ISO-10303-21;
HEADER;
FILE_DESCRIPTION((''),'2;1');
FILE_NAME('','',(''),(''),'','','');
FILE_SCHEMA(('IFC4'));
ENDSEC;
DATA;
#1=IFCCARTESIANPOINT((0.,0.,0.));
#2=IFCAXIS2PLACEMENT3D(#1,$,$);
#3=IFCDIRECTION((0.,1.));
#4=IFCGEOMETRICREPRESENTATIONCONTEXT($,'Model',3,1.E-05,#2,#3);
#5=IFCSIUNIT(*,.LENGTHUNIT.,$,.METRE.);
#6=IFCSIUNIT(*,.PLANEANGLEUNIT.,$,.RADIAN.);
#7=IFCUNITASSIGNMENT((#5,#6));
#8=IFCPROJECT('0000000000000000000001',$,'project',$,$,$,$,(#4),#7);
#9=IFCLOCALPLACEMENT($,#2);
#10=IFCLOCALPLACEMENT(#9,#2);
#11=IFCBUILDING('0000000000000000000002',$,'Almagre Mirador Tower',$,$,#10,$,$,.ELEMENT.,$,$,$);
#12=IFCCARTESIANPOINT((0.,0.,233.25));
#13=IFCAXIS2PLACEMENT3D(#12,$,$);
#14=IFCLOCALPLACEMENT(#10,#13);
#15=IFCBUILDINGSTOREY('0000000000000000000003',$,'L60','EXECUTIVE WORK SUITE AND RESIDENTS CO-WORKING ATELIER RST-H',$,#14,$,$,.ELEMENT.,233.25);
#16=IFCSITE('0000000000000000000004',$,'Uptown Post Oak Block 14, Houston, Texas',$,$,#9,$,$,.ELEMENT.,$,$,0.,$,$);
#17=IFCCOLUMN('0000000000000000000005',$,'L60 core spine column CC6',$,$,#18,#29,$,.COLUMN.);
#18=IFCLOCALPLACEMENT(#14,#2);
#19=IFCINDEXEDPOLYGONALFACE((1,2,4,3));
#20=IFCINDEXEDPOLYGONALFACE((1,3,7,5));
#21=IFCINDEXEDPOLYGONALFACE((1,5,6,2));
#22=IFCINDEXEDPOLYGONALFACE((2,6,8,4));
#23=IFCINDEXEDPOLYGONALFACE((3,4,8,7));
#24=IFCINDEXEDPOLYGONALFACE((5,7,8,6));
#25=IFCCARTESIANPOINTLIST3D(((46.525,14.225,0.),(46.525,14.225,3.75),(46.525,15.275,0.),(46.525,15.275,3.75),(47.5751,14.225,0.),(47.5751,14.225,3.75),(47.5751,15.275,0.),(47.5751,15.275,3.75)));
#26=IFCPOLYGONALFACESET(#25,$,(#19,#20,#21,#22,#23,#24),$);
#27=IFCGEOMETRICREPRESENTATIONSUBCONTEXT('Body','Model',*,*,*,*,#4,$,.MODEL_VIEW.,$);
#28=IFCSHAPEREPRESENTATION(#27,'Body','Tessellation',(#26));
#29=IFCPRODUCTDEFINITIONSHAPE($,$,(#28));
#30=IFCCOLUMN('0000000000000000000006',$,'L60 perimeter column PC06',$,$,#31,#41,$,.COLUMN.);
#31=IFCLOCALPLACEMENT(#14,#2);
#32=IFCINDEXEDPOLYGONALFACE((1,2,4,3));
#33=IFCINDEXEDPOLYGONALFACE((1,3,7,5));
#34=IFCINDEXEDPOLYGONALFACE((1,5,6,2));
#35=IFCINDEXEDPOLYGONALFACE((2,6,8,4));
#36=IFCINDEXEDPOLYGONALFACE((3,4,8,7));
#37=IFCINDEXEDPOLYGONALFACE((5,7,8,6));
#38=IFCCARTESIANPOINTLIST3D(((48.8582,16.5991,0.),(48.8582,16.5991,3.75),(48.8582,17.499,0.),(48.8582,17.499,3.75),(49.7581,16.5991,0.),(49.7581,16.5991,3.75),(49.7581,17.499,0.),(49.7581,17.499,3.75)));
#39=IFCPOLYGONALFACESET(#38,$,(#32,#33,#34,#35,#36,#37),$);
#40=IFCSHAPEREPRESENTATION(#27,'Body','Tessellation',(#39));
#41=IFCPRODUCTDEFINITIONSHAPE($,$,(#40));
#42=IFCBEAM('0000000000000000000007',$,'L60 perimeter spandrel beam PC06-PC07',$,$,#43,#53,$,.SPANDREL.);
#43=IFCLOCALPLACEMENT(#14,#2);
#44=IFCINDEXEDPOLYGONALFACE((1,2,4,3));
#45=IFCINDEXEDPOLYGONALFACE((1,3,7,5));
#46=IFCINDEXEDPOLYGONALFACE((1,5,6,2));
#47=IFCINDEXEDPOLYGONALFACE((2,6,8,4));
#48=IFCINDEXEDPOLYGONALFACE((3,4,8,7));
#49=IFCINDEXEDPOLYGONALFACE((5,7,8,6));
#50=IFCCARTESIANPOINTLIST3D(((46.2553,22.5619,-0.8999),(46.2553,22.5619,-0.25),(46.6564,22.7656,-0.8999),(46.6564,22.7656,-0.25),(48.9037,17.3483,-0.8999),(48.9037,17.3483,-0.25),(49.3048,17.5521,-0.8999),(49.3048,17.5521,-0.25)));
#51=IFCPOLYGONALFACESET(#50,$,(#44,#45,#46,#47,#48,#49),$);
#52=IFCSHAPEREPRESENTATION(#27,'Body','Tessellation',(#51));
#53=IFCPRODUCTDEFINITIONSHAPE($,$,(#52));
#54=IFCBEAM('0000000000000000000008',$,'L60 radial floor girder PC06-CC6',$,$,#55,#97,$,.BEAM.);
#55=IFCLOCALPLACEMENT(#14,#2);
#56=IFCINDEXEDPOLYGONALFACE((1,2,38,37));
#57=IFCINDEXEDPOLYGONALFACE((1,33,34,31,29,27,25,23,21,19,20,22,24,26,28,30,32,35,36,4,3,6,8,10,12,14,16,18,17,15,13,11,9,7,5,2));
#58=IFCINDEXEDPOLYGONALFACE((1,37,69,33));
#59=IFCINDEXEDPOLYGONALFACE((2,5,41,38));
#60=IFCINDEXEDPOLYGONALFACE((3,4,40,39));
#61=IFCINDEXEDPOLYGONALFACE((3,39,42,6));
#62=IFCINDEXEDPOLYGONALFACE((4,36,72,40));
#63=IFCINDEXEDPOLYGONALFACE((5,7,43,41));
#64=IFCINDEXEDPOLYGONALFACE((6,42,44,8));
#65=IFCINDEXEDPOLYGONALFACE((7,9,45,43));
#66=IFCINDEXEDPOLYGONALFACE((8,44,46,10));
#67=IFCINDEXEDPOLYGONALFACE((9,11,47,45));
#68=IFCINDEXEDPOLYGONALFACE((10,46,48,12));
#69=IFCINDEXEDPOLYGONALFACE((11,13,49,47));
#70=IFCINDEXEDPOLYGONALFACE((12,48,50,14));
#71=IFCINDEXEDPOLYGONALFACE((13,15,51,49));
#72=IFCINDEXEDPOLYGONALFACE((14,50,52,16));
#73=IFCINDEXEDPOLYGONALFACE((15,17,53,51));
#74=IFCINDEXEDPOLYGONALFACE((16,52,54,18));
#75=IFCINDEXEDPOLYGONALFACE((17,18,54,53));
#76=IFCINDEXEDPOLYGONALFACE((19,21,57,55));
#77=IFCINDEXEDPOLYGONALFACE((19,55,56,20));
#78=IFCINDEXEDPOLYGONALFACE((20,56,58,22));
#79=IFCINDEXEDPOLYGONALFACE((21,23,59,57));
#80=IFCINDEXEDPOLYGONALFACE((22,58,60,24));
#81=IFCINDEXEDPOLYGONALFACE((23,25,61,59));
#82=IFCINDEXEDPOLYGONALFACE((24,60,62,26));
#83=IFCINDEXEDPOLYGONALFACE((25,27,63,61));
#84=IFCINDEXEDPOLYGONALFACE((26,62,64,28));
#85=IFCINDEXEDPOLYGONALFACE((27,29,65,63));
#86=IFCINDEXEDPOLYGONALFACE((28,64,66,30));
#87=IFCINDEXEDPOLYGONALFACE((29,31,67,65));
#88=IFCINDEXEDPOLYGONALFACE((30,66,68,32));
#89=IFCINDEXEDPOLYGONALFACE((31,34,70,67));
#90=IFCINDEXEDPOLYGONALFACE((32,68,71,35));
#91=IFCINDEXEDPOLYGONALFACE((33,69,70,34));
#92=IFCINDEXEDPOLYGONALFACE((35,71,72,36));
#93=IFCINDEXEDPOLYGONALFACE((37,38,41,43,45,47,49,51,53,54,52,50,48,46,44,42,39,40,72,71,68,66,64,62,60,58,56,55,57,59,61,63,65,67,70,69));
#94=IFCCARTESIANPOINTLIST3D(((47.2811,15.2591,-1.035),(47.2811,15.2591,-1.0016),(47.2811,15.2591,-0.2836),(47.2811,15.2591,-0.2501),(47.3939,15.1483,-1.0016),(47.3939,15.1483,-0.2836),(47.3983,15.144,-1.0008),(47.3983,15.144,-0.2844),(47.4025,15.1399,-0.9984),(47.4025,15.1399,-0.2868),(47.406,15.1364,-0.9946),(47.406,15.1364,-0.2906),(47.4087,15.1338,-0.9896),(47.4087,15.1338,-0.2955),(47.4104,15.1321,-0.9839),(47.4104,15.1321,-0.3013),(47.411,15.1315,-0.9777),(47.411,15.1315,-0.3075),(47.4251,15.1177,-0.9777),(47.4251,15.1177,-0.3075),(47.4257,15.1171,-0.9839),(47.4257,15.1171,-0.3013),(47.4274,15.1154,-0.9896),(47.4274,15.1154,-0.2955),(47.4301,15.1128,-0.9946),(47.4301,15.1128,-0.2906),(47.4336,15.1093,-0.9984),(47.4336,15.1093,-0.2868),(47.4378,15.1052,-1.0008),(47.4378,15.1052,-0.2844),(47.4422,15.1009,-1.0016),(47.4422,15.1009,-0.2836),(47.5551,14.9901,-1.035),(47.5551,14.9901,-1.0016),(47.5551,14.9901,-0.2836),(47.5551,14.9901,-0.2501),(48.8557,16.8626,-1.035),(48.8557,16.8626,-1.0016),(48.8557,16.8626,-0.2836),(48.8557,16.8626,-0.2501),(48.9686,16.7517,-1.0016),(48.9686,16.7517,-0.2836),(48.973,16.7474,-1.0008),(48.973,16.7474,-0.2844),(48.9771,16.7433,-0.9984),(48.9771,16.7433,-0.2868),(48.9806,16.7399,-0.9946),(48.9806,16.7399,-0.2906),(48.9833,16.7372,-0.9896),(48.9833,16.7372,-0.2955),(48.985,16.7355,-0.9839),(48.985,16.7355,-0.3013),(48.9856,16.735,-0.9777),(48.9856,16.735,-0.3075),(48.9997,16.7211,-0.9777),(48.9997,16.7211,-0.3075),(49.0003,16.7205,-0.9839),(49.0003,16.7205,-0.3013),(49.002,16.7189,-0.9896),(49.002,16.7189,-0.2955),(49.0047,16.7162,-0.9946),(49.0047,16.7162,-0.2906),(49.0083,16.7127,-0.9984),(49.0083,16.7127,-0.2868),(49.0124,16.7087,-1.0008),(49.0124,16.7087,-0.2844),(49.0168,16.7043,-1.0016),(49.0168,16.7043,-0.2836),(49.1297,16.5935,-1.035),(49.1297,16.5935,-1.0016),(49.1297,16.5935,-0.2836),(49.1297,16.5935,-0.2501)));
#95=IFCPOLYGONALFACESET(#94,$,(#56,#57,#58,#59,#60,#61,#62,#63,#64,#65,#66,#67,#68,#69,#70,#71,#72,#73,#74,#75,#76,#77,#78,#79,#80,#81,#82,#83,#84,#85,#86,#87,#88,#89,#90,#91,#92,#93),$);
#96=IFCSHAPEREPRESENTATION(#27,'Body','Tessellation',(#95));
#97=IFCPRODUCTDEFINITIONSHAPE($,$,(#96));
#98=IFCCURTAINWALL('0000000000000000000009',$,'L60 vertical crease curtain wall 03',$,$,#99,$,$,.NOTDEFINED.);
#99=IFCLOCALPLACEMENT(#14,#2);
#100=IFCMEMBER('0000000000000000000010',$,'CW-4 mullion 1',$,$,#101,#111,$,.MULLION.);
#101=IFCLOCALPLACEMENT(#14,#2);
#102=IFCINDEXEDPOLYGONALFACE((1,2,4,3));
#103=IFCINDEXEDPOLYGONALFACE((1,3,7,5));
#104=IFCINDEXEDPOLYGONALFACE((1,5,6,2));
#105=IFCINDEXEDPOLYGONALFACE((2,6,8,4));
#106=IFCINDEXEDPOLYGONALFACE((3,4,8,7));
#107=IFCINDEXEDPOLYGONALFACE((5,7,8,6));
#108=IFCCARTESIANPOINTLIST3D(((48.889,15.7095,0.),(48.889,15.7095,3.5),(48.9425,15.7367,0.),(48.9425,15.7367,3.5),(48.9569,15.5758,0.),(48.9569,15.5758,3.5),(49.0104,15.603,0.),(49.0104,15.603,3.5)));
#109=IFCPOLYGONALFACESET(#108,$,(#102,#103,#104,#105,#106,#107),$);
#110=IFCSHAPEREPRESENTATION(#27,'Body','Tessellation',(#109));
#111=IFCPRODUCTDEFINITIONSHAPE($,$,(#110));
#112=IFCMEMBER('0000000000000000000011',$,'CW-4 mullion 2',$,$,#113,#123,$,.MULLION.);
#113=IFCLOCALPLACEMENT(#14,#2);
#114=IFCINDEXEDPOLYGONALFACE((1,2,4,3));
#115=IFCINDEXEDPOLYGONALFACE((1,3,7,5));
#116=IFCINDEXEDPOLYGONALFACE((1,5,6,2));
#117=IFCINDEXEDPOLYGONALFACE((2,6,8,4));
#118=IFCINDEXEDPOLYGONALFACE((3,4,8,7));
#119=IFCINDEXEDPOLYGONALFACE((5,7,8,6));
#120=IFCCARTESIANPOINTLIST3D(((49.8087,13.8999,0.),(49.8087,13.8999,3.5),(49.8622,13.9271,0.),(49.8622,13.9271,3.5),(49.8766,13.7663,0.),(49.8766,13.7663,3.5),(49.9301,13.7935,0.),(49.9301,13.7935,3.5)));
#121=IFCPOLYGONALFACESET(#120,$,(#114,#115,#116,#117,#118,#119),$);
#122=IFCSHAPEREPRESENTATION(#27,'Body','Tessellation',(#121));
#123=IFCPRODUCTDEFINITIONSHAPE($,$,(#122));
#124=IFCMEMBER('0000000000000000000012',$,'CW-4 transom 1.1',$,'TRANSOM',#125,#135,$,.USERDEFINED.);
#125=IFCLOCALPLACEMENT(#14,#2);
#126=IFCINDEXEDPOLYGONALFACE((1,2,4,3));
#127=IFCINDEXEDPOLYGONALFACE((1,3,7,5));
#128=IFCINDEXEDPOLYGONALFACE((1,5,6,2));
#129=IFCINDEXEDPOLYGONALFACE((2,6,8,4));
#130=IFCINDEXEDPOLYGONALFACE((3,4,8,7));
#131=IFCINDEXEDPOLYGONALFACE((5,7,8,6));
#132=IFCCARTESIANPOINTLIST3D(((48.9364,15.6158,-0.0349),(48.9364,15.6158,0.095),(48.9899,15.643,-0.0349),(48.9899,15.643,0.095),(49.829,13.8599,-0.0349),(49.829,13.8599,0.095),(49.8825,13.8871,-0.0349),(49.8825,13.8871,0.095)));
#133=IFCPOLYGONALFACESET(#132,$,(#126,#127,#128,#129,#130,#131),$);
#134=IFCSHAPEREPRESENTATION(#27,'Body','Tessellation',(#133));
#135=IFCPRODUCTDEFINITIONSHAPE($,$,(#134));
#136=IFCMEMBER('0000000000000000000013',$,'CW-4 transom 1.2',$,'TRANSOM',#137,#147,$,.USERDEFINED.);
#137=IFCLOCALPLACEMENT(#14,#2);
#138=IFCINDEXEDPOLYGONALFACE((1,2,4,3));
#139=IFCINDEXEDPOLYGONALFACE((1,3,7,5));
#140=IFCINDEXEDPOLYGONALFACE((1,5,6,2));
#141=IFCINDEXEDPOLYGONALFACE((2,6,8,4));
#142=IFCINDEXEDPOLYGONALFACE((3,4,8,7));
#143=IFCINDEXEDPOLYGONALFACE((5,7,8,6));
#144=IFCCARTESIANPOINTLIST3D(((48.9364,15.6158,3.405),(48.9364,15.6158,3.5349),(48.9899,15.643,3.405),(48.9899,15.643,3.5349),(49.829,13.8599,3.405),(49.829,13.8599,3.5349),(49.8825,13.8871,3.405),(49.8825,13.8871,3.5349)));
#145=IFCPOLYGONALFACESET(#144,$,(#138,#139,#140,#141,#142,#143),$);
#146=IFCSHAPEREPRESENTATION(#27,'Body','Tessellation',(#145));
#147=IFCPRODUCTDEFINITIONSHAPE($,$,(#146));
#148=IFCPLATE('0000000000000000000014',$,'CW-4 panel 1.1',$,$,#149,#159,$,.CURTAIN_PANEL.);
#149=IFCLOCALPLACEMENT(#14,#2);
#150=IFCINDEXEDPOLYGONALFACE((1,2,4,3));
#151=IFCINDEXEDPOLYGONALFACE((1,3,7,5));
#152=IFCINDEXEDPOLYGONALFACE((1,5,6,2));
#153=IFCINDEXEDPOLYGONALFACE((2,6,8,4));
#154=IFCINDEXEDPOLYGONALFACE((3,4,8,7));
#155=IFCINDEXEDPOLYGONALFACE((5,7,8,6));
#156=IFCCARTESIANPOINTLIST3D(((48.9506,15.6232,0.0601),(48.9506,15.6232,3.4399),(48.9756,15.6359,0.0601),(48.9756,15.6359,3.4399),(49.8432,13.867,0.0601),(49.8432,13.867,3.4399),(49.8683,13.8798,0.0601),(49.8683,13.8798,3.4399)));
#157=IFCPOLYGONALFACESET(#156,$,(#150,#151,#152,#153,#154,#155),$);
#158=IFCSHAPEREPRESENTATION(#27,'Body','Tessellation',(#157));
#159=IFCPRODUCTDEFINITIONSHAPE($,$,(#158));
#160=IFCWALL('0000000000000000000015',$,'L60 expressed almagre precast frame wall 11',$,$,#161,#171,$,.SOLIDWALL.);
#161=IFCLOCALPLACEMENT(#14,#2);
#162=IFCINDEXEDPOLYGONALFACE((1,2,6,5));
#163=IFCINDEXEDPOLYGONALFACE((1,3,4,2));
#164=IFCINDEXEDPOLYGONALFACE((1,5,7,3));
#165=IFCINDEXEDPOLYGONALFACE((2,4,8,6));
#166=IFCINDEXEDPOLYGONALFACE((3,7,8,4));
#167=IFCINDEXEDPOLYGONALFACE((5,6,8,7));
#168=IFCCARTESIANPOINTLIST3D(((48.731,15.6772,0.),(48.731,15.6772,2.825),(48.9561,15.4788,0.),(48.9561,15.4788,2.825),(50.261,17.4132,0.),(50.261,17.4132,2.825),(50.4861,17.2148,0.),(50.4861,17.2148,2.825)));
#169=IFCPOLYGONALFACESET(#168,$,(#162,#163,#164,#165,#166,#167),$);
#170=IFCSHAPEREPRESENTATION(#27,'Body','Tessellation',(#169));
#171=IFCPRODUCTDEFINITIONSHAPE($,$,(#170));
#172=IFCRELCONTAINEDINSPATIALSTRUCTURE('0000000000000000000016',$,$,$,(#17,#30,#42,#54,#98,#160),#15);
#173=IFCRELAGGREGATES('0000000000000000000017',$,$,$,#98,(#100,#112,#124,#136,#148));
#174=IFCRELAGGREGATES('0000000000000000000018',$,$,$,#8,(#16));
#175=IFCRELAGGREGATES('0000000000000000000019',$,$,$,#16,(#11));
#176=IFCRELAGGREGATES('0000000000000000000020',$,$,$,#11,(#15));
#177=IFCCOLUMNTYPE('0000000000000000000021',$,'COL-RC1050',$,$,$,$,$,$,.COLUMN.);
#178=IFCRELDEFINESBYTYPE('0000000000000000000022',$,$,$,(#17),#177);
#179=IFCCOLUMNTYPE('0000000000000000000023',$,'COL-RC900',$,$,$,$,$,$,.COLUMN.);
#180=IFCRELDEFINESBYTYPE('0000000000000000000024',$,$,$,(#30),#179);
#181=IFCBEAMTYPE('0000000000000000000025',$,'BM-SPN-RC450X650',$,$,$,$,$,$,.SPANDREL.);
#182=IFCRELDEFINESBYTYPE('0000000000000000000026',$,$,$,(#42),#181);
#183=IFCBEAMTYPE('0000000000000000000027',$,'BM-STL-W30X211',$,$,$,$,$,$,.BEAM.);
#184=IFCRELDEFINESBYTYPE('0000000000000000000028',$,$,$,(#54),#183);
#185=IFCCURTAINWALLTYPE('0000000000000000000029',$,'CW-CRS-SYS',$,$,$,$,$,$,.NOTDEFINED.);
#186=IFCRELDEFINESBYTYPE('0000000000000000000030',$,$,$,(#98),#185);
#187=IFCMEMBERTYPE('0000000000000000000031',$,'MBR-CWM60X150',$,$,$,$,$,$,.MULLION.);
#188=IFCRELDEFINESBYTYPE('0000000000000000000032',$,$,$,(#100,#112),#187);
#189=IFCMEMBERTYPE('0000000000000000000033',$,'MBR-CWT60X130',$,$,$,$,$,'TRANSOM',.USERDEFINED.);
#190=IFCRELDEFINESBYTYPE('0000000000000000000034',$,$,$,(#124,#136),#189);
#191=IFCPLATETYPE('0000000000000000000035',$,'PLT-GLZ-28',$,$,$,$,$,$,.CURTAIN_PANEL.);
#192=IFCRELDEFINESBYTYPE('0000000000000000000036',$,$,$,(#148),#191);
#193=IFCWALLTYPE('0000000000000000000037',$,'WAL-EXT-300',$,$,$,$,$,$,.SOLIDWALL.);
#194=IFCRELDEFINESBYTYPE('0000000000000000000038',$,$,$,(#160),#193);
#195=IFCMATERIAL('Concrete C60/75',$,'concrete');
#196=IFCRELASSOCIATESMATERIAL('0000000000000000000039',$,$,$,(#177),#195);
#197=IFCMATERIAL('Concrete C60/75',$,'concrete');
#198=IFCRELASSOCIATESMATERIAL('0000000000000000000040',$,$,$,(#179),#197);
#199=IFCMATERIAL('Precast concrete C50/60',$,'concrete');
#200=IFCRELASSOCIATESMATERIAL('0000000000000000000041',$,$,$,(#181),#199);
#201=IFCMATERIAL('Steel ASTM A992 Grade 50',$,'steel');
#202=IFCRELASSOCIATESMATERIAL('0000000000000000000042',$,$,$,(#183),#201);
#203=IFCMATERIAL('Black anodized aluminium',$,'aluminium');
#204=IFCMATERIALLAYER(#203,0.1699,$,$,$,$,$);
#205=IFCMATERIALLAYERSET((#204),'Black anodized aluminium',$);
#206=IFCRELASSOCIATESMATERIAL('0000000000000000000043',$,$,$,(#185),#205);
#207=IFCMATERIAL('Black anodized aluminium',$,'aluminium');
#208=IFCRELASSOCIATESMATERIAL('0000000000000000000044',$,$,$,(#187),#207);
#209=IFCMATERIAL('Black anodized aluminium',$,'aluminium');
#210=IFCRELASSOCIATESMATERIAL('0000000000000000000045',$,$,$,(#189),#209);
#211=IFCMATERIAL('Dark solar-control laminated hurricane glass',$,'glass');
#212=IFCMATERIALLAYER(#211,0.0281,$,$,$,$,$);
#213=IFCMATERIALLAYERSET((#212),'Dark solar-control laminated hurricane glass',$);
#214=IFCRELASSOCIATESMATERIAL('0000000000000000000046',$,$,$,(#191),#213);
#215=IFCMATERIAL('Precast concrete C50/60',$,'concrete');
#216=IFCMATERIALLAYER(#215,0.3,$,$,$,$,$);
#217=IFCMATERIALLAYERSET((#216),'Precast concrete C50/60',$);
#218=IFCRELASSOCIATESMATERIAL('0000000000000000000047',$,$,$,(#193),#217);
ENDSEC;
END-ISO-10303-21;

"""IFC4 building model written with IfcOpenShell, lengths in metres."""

from ifc_helpers import new_model, si_unit, direction, frame, frame_2d, origin, origin_2d, place, context, subcontext, project, spatial, rectangle, i_section, extrude, material, layer, layer_set, material_profile, profile_set, type_object, element, aggregate, save


model = new_model("IFC4")

# Units and contexts
model_context = context("Model", 3, precision=1e-05, world=origin(), true_north=direction((0.0, 1.0)))
body_context = subcontext(model_context, "Body", "Model", "MODEL_VIEW")
ifc_project = project(units=[si_unit("LENGTHUNIT", "METRE"), si_unit("PLANEANGLEUNIT", "RADIAN")], contexts=[model_context])

# Site, building, storey
site_placement = place(None, origin())
site = spatial("IfcSite", under=ifc_project, at=site_placement, Name="Uptown Post Oak Block 14, Houston, Texas", CompositionType="ELEMENT", RefElevation=0.0)
building_placement = place(site_placement, origin())
building = spatial("IfcBuilding", under=site, at=building_placement, Name="Almagre Mirador Tower", CompositionType="ELEMENT")
storey_placement = place(building_placement, frame((0.0, 0.0, 233.25)))
storey = spatial("IfcBuildingStorey", under=building, at=storey_placement, Name="L60", Description="EXECUTIVE WORK SUITE AND RESIDENTS CO-WORKING ATELIER RST-H", CompositionType="ELEMENT", Elevation=233.25)

# Columns
ifc_material_1 = material(Name="Concrete C60/75", Category="concrete")
ifc_material_profile_1 = material_profile(ifc_material_1, rectangle(XDim=1.05, YDim=1.05, at=origin_2d()), Name="RC1050X1050")
ifc_profile_set_1 = profile_set([ifc_material_profile_1], Name="Concrete C60/75")
column_type_1 = type_object("IfcColumnType", Name="COL-RC1050", PredefinedType="COLUMN", material=ifc_profile_set_1)
column_1_placement = place(storey_placement, frame((47.05, 14.75, 0.0), z_axis=(0.0, 0.0, 1.0), x_axis=(1.0, 0.0, 0.0)))
element("IfcColumn", 1, at=column_1_placement, inside=storey, type_object=column_type_1, Name="L60 core spine column CC6", PredefinedType="COLUMN", context=body_context, shape_type="SweptSolid", body=[
    extrude(rectangle(XDim=1.05, YDim=1.05, at=origin_2d()), origin(), (0.0, 0.0, 1.0), 3.75),
])
ifc_material_2 = material(Name="Concrete C60/75", Category="concrete")
ifc_material_profile_2 = material_profile(ifc_material_2, rectangle(XDim=0.8999, YDim=0.8999, at=origin_2d()), Name="RC900X900")
ifc_profile_set_2 = profile_set([ifc_material_profile_2], Name="Concrete C60/75")
column_type_2 = type_object("IfcColumnType", Name="COL-RC900", PredefinedType="COLUMN", material=ifc_profile_set_2)
column_2_placement = place(storey_placement, frame((49.3081, 17.0491, 0.0), z_axis=(0.0, 0.0, 1.0), x_axis=(1.0, 0.0, 0.0)))
element("IfcColumn", 2, at=column_2_placement, inside=storey, type_object=column_type_2, Name="L60 perimeter column PC06", PredefinedType="COLUMN", context=body_context, shape_type="SweptSolid", body=[
    extrude(rectangle(XDim=0.8999, YDim=0.8999, at=origin_2d()), origin(), (0.0, 0.0, 1.0), 3.75),
])

# Beams
ifc_material_3 = material(Name="Precast concrete C50/60", Category="concrete")
ifc_material_profile_3 = material_profile(ifc_material_3, rectangle(XDim=0.45, YDim=0.6499, at=origin_2d()), Name="RC450X650")
ifc_profile_set_3 = profile_set([ifc_material_profile_3], Name="Precast concrete C50/60")
beam_type_1 = type_object("IfcBeamType", Name="BM-SPN-RC450X650", PredefinedType="SPANDREL", material=ifc_profile_set_3)
beam_1_placement = place(storey_placement, frame((49.1042, 17.4502, -0.575), z_axis=(-0.452899, 0.891562, 0.0), x_axis=(-0.891562, -0.452899, 0.0)))
element("IfcBeam", 3, at=beam_1_placement, inside=storey, type_object=beam_type_1, Name="L60 perimeter spandrel beam PC06-PC07", PredefinedType="SPANDREL", context=body_context, shape_type="SweptSolid", body=[
    extrude(rectangle(XDim=0.45, YDim=0.6499, at=origin_2d()), origin(), (0.0, 0.0, 1.0), 5.8477),
])
ifc_material_4 = material(Name="Steel ASTM A992 Grade 50", Category="steel")
ifc_material_profile_4 = material_profile(ifc_material_4, i_section(OverallWidth=0.384, OverallDepth=0.7849, WebThickness=0.0198, FlangeThickness=0.0334, FilletRadius=0.0239, at=origin_2d()), Name="W30X211")
ifc_profile_set_4 = profile_set([ifc_material_profile_4], Name="Steel ASTM A992 Grade 50")
beam_type_2 = type_object("IfcBeamType", Name="BM-STL-W30X211", PredefinedType="BEAM", material=ifc_profile_set_4)
beam_2_placement = place(storey_placement, frame((48.9927, 16.728, -0.6426), z_axis=(-0.700669, -0.713487, 0.0), x_axis=(0.713487, -0.700669, 0.0)))
element("IfcBeam", 4, at=beam_2_placement, inside=storey, type_object=beam_type_2, Name="L60 radial floor girder PC06-CC6", PredefinedType="BEAM", context=body_context, shape_type="SweptSolid", body=[
    extrude(i_section(OverallWidth=0.384, OverallDepth=0.7849, WebThickness=0.0198, FlangeThickness=0.0334, FilletRadius=0.0239, at=origin_2d()), origin(), (0.0, 0.0, 1.0), 2.2473),
])

# Curtain wall, members, plate
ifc_material_5 = material(Name="Black anodized aluminium", Category="aluminium")
ifc_layer_1 = layer(ifc_material_5, 0.1699)
ifc_layer_set_1 = layer_set([ifc_layer_1], Name="Black anodized aluminium")
curtain_wall_type = type_object("IfcCurtainWallType", Name="CW-CRS-SYS", PredefinedType="NOTDEFINED", material=ifc_layer_set_1)
curtain_wall_placement = place(storey_placement, origin())
curtain_wall = element("IfcCurtainWall", 5, at=curtain_wall_placement, inside=storey, type_object=curtain_wall_type, Name="L60 vertical crease curtain wall 03", PredefinedType="NOTDEFINED")
ifc_material_6 = material(Name="Black anodized aluminium", Category="aluminium")
ifc_material_profile_5 = material_profile(ifc_material_6, rectangle(XDim=0.0601, YDim=0.1499, at=origin_2d()), Name="CWM60X150")
ifc_profile_set_5 = profile_set([ifc_material_profile_5], Name="Black anodized aluminium")
member_type_1 = type_object("IfcMemberType", Name="MBR-CWM60X150", PredefinedType="MULLION", material=ifc_profile_set_5)
member_1_placement = place(storey_placement, frame((48.9497, 15.6562, 0.0), z_axis=(0.0, 0.0, 1.0), x_axis=(0.891441, 0.453137, 0.0)))
member_1 = element("IfcMember", 6, at=member_1_placement, type_object=member_type_1, Name="CW-4 mullion 1", PredefinedType="MULLION", context=body_context, shape_type="SweptSolid", body=[
    extrude(rectangle(XDim=0.0601, YDim=0.1499, at=origin_2d()), origin(), (0.0, 0.0, 1.0), 3.5),
])
member_2_placement = place(storey_placement, frame((49.8694, 13.8467, 0.0), z_axis=(0.0, 0.0, 1.0), x_axis=(0.891441, 0.453137, 0.0)))
member_2 = element("IfcMember", 7, at=member_2_placement, type_object=member_type_1, Name="CW-4 mullion 2", PredefinedType="MULLION", context=body_context, shape_type="SweptSolid", body=[
    extrude(rectangle(XDim=0.0601, YDim=0.1499, at=origin_2d()), origin(), (0.0, 0.0, 1.0), 3.5),
])
ifc_material_7 = material(Name="Black anodized aluminium", Category="aluminium")
ifc_material_profile_6 = material_profile(ifc_material_7, rectangle(XDim=0.0601, YDim=0.1299, at=origin_2d()), Name="CWT60X130")
ifc_profile_set_6 = profile_set([ifc_material_profile_6], Name="Black anodized aluminium")
member_type_2 = type_object("IfcMemberType", Name="MBR-CWT60X130", ElementType="TRANSOM", PredefinedType="USERDEFINED", material=ifc_profile_set_6)
member_3_placement = place(storey_placement, frame((48.9631, 15.6294, 0.03), z_axis=(0.453153, -0.891433, 0.0), x_axis=(0.891433, 0.453153, 0.0)))
member_3 = element("IfcMember", 8, at=member_3_placement, type_object=member_type_2, Name="CW-4 transom 1.1", ObjectType="TRANSOM", PredefinedType="USERDEFINED", context=body_context, shape_type="SweptSolid", body=[
    extrude(rectangle(XDim=0.0601, YDim=0.1299, at=origin_2d()), origin(), (0.0, 0.0, 1.0), 1.9697),
])
member_4_placement = place(storey_placement, frame((48.9631, 15.6294, 3.47), z_axis=(0.453153, -0.891433, 0.0), x_axis=(0.891433, 0.453153, 0.0)))
member_4 = element("IfcMember", 9, at=member_4_placement, type_object=member_type_2, Name="CW-4 transom 1.2", ObjectType="TRANSOM", PredefinedType="USERDEFINED", context=body_context, shape_type="SweptSolid", body=[
    extrude(rectangle(XDim=0.0601, YDim=0.1299, at=origin_2d()), origin(), (0.0, 0.0, 1.0), 1.9697),
])
ifc_material_8 = material(Name="Dark solar-control laminated hurricane glass", Category="glass")
ifc_layer_2 = layer(ifc_material_8, 0.0281)
ifc_layer_set_2 = layer_set([ifc_layer_2], Name="Dark solar-control laminated hurricane glass")
plate_type = type_object("IfcPlateType", Name="PLT-GLZ-28", PredefinedType="CURTAIN_PANEL", material=ifc_layer_set_2)
plate_placement = place(storey_placement, frame((49.4094, 14.7515, 0.0601), z_axis=(0.0, 0.0, 1.0), x_axis=(0.453137, -0.891441, 0.0)))
plate = element("IfcPlate", 10, at=plate_placement, type_object=plate_type, Name="CW-4 panel 1.1", PredefinedType="CURTAIN_PANEL", context=body_context, shape_type="SweptSolid", body=[
    extrude(rectangle(XDim=1.97, YDim=0.0281, at=origin_2d()), origin(), (0.0, 0.0, 1.0), 3.3799),
])
aggregate(curtain_wall, [member_1, member_2, member_3, member_4, plate])

# Wall
ifc_material_9 = material(Name="Precast concrete C50/60", Category="concrete")
ifc_layer_3 = layer(ifc_material_9, 0.3)
ifc_layer_set_3 = layer_set([ifc_layer_3], Name="Precast concrete C50/60")
wall_type_1 = type_object("IfcWallType", Name="WAL-EXT-300", PredefinedType="SOLIDWALL", material=ifc_layer_set_3)
wall_1_placement = place(storey_placement, frame((50.3735, 17.314, 0.0), z_axis=(0.0, 0.0, 1.0), x_axis=(-0.661182, -0.750226, 0.0)))
element("IfcWall", 11, at=wall_1_placement, inside=storey, type_object=wall_type_1, Name="L60 expressed almagre precast frame wall 11", PredefinedType="SOLIDWALL", context=body_context, shape_type="SweptSolid", body=[
    extrude(rectangle(XDim=2.314, YDim=0.3, at=frame_2d((1.157, 0.0))), origin(), (0.0, 0.0, 1.0), 2.825),
])

save(model, "model.ifc")
